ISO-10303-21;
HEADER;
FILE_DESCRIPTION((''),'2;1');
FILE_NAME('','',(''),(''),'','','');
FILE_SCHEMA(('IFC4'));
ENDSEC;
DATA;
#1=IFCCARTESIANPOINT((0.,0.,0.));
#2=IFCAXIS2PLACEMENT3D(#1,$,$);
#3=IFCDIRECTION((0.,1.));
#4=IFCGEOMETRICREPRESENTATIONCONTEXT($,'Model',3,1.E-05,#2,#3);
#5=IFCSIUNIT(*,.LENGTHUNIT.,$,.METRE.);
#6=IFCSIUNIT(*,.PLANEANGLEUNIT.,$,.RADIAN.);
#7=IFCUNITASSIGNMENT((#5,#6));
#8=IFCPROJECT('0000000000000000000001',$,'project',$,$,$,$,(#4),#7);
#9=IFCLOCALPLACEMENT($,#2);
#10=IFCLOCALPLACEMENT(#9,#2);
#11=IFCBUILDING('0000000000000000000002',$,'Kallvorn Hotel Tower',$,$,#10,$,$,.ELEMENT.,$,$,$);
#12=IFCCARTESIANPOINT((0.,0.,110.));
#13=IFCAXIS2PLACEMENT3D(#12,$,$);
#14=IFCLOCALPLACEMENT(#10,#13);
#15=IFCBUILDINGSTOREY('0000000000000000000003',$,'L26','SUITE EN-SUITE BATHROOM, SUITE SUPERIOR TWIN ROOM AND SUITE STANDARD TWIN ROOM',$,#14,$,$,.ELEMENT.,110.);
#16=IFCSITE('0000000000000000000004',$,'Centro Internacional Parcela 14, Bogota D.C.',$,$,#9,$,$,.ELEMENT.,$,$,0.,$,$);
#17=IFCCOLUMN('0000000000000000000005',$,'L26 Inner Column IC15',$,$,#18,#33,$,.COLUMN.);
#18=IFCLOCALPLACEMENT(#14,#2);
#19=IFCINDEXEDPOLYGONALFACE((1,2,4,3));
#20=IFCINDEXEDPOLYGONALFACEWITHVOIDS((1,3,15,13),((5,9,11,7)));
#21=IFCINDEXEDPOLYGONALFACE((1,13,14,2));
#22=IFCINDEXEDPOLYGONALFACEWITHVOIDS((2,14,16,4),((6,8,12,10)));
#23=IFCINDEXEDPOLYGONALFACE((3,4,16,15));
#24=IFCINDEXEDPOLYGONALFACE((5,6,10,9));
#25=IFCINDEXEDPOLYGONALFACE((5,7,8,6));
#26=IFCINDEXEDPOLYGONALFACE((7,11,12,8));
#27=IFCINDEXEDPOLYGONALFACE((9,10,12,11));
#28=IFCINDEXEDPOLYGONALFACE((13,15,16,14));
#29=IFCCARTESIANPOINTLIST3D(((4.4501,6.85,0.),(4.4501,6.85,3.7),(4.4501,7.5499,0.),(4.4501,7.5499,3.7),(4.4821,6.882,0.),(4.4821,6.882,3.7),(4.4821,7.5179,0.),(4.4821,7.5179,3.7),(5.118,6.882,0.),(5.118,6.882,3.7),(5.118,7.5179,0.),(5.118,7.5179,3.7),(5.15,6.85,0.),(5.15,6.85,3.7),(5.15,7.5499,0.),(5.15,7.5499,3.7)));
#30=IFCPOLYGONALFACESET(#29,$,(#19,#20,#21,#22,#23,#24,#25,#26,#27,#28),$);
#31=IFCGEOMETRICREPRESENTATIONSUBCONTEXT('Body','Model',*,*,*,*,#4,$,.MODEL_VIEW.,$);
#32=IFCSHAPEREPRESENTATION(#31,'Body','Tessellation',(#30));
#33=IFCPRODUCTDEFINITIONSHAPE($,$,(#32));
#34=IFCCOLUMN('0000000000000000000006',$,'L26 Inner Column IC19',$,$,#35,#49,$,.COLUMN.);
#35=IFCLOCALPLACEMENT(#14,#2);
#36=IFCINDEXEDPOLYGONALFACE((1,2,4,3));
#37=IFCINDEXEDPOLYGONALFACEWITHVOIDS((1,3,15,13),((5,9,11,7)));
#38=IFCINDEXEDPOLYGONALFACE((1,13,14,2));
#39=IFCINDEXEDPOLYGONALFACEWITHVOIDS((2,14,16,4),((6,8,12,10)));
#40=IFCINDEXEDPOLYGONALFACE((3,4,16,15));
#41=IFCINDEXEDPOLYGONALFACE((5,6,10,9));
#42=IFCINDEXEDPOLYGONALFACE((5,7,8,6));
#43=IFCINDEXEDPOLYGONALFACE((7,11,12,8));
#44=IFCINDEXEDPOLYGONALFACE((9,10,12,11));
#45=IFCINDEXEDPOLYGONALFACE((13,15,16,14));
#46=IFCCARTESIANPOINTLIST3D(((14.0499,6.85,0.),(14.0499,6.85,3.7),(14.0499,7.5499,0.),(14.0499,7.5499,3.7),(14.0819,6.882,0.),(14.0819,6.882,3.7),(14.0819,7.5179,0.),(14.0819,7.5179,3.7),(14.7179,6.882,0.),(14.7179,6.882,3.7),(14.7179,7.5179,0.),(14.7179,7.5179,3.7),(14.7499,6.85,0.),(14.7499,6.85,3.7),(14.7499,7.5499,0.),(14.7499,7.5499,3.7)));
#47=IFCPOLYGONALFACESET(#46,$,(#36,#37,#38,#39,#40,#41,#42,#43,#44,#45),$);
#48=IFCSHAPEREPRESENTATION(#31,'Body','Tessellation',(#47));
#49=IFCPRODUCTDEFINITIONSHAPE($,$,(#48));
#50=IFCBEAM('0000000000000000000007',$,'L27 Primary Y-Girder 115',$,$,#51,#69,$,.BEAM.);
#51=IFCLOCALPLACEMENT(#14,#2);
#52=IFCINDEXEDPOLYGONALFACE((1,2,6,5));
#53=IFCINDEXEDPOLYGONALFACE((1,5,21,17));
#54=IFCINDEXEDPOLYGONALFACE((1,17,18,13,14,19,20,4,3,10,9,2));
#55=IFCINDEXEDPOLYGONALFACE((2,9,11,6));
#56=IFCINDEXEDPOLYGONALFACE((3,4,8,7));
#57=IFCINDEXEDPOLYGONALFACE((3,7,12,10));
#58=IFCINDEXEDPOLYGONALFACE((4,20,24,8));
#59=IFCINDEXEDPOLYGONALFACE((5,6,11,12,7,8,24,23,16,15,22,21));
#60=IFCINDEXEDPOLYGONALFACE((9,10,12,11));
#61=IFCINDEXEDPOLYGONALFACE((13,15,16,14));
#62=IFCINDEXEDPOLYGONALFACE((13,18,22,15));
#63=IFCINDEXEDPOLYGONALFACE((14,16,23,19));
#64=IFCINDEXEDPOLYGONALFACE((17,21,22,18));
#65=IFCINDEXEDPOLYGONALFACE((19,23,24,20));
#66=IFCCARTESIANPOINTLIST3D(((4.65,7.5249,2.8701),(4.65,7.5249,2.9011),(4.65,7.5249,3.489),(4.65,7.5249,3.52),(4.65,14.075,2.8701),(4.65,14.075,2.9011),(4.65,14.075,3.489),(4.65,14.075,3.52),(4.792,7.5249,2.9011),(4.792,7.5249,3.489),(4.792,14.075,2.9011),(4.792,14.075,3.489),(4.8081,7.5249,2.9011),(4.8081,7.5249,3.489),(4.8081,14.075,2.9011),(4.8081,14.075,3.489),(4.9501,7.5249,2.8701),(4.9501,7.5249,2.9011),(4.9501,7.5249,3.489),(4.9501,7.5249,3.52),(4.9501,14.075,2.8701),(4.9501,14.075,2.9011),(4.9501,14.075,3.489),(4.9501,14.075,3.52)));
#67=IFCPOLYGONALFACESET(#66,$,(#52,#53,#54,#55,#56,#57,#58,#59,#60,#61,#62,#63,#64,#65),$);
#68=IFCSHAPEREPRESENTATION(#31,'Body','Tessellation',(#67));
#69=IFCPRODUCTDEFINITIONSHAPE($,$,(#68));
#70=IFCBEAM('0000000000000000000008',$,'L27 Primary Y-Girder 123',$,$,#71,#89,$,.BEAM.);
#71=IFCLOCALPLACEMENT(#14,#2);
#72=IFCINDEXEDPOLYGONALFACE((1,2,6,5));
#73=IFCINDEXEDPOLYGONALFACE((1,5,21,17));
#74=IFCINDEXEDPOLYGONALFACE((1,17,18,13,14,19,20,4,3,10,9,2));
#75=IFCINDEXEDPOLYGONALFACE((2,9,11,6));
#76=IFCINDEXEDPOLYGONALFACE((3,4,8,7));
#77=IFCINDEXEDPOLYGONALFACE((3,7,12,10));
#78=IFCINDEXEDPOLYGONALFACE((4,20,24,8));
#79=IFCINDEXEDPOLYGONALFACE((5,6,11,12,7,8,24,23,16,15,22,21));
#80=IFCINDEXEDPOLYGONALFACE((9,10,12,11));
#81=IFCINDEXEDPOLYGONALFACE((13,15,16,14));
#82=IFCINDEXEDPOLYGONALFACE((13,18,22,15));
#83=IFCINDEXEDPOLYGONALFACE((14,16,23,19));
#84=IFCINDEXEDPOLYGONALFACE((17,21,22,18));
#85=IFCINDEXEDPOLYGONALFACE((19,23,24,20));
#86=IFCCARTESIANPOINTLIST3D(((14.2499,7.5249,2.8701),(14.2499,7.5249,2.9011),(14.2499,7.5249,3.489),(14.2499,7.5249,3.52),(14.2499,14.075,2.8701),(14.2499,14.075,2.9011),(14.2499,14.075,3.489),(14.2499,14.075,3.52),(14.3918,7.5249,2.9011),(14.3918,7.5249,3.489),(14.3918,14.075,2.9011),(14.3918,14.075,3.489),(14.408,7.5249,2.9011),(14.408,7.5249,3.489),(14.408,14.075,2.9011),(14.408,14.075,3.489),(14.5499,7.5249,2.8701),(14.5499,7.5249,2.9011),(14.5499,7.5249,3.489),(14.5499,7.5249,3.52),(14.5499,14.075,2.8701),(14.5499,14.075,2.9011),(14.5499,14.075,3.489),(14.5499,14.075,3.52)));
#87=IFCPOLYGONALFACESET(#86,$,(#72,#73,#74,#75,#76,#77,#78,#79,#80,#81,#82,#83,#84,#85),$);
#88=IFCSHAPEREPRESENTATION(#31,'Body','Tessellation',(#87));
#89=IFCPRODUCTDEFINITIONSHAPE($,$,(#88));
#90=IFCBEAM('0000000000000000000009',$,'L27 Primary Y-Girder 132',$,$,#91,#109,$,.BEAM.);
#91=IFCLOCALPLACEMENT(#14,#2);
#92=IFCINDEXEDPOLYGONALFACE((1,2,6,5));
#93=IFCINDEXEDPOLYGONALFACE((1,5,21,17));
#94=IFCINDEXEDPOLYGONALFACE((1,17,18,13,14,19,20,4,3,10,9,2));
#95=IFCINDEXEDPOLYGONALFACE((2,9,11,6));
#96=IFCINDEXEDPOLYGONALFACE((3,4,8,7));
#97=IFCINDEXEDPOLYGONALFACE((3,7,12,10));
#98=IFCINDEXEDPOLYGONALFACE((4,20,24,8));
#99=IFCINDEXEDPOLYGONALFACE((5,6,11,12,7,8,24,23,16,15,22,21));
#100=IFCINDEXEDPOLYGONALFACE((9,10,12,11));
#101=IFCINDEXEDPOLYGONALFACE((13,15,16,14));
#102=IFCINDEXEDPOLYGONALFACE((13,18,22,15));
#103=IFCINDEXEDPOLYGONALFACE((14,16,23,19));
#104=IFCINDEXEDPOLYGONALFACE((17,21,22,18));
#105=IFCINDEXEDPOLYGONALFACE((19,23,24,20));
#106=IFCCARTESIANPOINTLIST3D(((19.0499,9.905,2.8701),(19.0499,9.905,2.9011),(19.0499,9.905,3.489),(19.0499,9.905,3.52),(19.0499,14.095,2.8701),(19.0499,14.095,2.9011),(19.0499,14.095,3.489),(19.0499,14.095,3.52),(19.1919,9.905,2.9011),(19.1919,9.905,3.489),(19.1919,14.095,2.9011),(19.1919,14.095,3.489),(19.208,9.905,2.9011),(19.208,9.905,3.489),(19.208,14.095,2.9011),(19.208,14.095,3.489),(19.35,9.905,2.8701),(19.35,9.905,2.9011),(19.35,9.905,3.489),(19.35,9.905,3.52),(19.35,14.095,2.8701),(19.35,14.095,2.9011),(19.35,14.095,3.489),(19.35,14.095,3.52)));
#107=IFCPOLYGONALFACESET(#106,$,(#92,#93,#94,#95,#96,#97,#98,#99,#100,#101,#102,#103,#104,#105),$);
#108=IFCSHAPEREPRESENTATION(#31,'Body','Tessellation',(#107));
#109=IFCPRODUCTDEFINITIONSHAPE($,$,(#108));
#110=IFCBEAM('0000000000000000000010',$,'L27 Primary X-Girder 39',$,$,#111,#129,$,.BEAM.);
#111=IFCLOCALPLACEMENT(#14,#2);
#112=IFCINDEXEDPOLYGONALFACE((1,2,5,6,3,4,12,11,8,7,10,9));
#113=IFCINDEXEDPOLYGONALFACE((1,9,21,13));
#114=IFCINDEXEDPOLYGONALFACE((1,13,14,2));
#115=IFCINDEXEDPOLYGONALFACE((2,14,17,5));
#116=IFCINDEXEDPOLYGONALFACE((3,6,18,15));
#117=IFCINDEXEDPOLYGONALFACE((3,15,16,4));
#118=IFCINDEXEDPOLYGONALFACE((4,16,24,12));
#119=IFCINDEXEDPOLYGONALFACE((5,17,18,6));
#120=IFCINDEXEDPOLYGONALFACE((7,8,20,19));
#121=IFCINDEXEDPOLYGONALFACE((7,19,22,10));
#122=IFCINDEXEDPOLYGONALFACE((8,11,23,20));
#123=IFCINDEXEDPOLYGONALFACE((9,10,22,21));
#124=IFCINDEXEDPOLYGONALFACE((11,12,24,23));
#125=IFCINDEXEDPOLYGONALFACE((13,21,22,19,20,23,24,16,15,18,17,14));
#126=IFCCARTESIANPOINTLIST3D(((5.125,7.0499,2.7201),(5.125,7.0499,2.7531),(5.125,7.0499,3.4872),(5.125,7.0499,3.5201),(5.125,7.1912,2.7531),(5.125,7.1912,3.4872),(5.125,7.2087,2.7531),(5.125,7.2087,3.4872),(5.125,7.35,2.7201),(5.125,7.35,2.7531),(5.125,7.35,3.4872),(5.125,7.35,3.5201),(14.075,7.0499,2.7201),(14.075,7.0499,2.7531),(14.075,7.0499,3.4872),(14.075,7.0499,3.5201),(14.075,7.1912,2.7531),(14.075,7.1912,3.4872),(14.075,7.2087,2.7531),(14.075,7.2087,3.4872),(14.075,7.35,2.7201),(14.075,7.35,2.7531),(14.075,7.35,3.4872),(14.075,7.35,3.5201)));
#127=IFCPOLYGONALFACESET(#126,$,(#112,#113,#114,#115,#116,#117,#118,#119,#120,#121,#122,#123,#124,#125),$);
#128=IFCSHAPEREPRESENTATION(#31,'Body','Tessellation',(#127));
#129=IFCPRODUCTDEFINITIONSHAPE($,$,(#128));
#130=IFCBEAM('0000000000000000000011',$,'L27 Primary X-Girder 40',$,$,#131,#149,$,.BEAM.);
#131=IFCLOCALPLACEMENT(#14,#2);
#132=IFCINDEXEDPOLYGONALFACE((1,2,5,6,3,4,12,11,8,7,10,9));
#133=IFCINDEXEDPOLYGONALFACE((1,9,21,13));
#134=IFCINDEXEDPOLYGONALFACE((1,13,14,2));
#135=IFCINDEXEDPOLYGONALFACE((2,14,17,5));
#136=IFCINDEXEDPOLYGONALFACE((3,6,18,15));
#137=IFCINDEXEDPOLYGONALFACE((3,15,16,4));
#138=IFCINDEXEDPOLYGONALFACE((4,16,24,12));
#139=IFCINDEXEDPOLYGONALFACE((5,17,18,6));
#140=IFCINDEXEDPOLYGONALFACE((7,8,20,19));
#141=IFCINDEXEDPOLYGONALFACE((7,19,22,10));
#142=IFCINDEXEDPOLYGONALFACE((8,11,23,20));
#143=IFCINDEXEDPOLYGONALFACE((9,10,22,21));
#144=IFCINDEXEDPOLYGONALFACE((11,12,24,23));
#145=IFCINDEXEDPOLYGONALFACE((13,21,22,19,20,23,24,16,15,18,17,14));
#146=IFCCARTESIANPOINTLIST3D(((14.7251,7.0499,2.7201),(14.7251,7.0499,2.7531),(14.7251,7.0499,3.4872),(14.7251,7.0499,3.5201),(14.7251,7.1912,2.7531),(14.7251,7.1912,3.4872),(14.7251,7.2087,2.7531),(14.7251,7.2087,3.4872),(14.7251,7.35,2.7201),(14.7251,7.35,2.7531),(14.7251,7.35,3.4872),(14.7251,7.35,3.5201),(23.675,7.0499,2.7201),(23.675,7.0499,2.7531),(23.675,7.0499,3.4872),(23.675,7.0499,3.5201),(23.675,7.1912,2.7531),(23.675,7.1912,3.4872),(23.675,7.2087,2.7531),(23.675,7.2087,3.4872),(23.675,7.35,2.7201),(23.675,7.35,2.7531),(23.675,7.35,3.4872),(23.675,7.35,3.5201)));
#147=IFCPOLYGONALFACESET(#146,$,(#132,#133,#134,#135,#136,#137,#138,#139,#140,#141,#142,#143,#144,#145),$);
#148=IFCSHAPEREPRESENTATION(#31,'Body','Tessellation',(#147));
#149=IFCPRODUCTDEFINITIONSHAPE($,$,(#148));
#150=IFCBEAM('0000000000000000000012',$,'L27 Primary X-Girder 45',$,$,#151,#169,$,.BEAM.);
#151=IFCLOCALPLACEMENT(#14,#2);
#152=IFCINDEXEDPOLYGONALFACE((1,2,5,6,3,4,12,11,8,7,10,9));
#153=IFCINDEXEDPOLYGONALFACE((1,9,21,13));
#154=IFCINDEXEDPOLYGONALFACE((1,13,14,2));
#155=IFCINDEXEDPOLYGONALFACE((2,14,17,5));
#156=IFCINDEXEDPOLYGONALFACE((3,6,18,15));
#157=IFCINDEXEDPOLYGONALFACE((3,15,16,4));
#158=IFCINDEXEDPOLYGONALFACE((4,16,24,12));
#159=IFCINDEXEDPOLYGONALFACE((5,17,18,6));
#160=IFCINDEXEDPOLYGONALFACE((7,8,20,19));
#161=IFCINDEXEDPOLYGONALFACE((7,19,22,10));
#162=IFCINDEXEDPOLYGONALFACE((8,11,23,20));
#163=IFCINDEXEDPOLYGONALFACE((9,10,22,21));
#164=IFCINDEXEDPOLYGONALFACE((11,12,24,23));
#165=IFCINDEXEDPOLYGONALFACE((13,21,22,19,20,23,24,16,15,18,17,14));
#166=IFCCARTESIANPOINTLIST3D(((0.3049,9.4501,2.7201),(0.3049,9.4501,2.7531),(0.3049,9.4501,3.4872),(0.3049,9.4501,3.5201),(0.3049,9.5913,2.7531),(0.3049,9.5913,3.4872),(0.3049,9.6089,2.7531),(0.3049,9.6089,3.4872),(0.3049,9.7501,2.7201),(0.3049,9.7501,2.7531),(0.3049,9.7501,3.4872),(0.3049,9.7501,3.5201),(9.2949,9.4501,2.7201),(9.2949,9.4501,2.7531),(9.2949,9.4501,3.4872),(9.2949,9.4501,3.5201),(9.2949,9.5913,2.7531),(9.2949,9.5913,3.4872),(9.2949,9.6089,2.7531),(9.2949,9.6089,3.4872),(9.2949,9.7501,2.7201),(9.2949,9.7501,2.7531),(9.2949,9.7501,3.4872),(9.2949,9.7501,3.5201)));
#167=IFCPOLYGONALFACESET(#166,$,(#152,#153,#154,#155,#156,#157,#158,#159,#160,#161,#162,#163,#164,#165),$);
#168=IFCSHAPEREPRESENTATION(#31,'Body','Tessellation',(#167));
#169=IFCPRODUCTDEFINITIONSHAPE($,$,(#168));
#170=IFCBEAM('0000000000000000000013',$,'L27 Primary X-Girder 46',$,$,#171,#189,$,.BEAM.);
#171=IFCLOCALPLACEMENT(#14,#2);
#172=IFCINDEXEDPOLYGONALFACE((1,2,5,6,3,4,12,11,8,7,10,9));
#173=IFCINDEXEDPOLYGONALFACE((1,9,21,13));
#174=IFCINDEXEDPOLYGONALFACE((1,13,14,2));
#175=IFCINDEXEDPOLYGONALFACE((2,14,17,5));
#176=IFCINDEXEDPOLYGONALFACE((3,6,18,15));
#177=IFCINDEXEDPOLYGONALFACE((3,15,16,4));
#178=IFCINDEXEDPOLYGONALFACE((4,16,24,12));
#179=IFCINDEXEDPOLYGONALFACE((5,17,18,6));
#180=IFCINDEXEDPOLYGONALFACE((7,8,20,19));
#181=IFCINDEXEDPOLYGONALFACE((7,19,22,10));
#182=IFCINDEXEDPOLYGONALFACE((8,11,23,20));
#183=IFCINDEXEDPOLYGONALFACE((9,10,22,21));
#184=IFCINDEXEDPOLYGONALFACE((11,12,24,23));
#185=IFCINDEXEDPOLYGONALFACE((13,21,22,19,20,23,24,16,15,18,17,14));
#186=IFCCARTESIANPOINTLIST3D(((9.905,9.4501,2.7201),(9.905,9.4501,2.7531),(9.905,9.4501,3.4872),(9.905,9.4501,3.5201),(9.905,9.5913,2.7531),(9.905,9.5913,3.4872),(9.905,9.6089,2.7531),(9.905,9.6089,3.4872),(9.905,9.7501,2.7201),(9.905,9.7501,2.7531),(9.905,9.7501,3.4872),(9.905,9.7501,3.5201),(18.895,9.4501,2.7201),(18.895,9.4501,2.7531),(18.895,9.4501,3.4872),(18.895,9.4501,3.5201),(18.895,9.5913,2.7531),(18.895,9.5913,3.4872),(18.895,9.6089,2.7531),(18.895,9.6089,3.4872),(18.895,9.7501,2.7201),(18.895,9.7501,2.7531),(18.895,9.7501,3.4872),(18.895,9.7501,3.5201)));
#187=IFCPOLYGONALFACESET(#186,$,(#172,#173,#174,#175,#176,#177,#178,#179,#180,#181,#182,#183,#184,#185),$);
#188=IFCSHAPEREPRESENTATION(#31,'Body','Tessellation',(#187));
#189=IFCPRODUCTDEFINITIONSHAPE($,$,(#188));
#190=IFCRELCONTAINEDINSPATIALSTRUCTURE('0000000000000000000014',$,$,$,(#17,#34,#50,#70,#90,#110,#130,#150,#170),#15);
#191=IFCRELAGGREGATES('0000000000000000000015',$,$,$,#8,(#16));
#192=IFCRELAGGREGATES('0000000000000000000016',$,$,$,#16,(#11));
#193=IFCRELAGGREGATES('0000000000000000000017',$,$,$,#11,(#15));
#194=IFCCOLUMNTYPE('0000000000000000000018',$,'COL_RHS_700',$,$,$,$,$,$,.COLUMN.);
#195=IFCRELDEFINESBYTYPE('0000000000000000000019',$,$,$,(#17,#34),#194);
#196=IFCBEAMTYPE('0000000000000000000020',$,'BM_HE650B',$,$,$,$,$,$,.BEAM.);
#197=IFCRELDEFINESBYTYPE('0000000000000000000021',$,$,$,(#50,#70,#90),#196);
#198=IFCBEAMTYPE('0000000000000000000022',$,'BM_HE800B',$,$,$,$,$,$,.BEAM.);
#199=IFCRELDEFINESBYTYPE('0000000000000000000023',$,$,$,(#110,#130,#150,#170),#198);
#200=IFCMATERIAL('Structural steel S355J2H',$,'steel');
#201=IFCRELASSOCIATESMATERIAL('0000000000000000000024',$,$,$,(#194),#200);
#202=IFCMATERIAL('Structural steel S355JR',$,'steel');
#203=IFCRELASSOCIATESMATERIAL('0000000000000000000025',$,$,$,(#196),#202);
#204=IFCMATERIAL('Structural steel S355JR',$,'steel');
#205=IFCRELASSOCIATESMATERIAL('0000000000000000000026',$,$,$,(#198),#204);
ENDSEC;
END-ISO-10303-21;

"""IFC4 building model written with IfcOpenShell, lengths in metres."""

from ifc_helpers import new_model, si_unit, direction, frame, origin, origin_2d, place, context, subcontext, project, spatial, hollow_rectangle, i_section, extrude, material, material_profile, profile_set, type_object, element, save


model = new_model("IFC4")

# Units and contexts
model_context = context("Model", 3, precision=1e-05, world=origin(), true_north=direction((0.0, 1.0)))
body_context = subcontext(model_context, "Body", "Model", "MODEL_VIEW")
ifc_project = project(units=[si_unit("LENGTHUNIT", "METRE"), si_unit("PLANEANGLEUNIT", "RADIAN")], contexts=[model_context])

# Site, building, storey
site_placement = place(None, origin())
site = spatial("IfcSite", under=ifc_project, at=site_placement, Name="Centro Internacional Parcela 14, Bogota D.C.", CompositionType="ELEMENT", RefElevation=0.0)
building_placement = place(site_placement, origin())
building = spatial("IfcBuilding", under=site, at=building_placement, Name="Kallvorn Hotel Tower", CompositionType="ELEMENT")
storey_placement = place(building_placement, frame((0.0, 0.0, 110.0)))
storey = spatial("IfcBuildingStorey", under=building, at=storey_placement, Name="L26", Description="SUITE EN-SUITE BATHROOM, SUITE SUPERIOR TWIN ROOM AND SUITE STANDARD TWIN ROOM", CompositionType="ELEMENT", Elevation=110.0)

# Columns
ifc_material_1 = material(Name="Structural steel S355J2H", Category="steel")
ifc_material_profile_1 = material_profile(ifc_material_1, hollow_rectangle(XDim=0.7, YDim=0.7, WallThickness=0.032, at=origin_2d()), Name="RHS 700x700x32")
ifc_profile_set_1 = profile_set([ifc_material_profile_1], Name="Structural steel S355J2H")
column_type_1 = type_object("IfcColumnType", Name="COL_RHS_700", PredefinedType="COLUMN", material=ifc_profile_set_1)
for number, where, z_axis, x_axis, name in (
    (1, (4.8, 7.2, 0.0), (0.0, 0.0, 1.0), (1.0, 0.0, 0.0), "L26 Inner Column IC15"),
    (2, (14.3999, 7.2, 0.0), (0.0, 0.0, 1.0), (1.0, 0.0, 0.0), "L26 Inner Column IC19"),
):
    element("IfcColumn", number, at=place(storey_placement, frame(where, z_axis=z_axis, x_axis=x_axis)), inside=storey, type_object=column_type_1, Name=name, PredefinedType="COLUMN", context=body_context, shape_type="SweptSolid", body=[
        extrude(hollow_rectangle(XDim=0.7, YDim=0.7, WallThickness=0.032, at=origin_2d()), origin(), (0.0, 0.0, 1.0), 3.7),
    ])

# Beams
ifc_material_2 = material(Name="Structural steel S355JR", Category="steel")
ifc_material_profile_2 = material_profile(ifc_material_2, i_section(OverallWidth=0.3, OverallDepth=0.6499, WebThickness=0.0161, FlangeThickness=0.031, at=origin_2d()), Name="HE 650 B")
ifc_profile_set_2 = profile_set([ifc_material_profile_2], Name="Structural steel S355JR")
beam_type_1 = type_object("IfcBeamType", Name="BM_HE650B", PredefinedType="BEAM", material=ifc_profile_set_2)
for number, where, z_axis, x_axis, name in (
    (3, (4.8, 7.5249, 3.1951), (0.0, 1.0, 0.0), (-1.0, 0.0, 0.0), "L27 Primary Y-Girder 115"),
    (4, (14.3999, 7.5249, 3.1951), (0.0, 1.0, 0.0), (-1.0, 0.0, 0.0), "L27 Primary Y-Girder 123"),
):
    element("IfcBeam", number, at=place(storey_placement, frame(where, z_axis=z_axis, x_axis=x_axis)), inside=storey, type_object=beam_type_1, Name=name, PredefinedType="BEAM", context=body_context, shape_type="SweptSolid", body=[
        extrude(i_section(OverallWidth=0.3, OverallDepth=0.6499, WebThickness=0.0161, FlangeThickness=0.031, at=origin_2d()), origin(), (0.0, 0.0, 1.0), 6.55),
    ])
beam_placement = place(storey_placement, frame((19.2, 9.905, 3.1951), z_axis=(0.0, 1.0, 0.0), x_axis=(-1.0, 0.0, 0.0)))
element("IfcBeam", 5, at=beam_placement, inside=storey, type_object=beam_type_1, Name="L27 Primary Y-Girder 132", PredefinedType="BEAM", context=body_context, shape_type="SweptSolid", body=[
    extrude(i_section(OverallWidth=0.3, OverallDepth=0.6499, WebThickness=0.0161, FlangeThickness=0.031, at=origin_2d()), origin(), (0.0, 0.0, 1.0), 4.1899),
])
ifc_material_3 = material(Name="Structural steel S355JR", Category="steel")
ifc_material_profile_3 = material_profile(ifc_material_3, i_section(OverallWidth=0.3, OverallDepth=0.8, WebThickness=0.0176, FlangeThickness=0.033, at=origin_2d()), Name="HE 800 B")
ifc_profile_set_3 = profile_set([ifc_material_profile_3], Name="Structural steel S355JR")
beam_type_2 = type_object("IfcBeamType", Name="BM_HE800B", PredefinedType="BEAM", material=ifc_profile_set_3)
for number, where, z_axis, x_axis, name in (
    (6, (5.125, 7.2, 3.1201), (1.0, 0.0, 0.0), (0.0, 1.0, 0.0), "L27 Primary X-Girder 39"),
    (7, (14.7251, 7.2, 3.1201), (1.0, 0.0, 0.0), (0.0, 1.0, 0.0), "L27 Primary X-Girder 40"),
):
    element("IfcBeam", number, at=place(storey_placement, frame(where, z_axis=z_axis, x_axis=x_axis)), inside=storey, type_object=beam_type_2, Name=name, PredefinedType="BEAM", context=body_context, shape_type="SweptSolid", body=[
        extrude(i_section(OverallWidth=0.3, OverallDepth=0.8, WebThickness=0.0176, FlangeThickness=0.033, at=origin_2d()), origin(), (0.0, 0.0, 1.0), 8.95),
    ])
for number, where, z_axis, x_axis, name in (
    (8, (0.3049, 9.6001, 3.1201), (1.0, 0.0, 0.0), (0.0, 1.0, 0.0), "L27 Primary X-Girder 45"),
    (9, (9.905, 9.6001, 3.1201), (1.0, 0.0, 0.0), (0.0, 1.0, 0.0), "L27 Primary X-Girder 46"),
):
    element("IfcBeam", number, at=place(storey_placement, frame(where, z_axis=z_axis, x_axis=x_axis)), inside=storey, type_object=beam_type_2, Name=name, PredefinedType="BEAM", context=body_context, shape_type="SweptSolid", body=[
        extrude(i_section(OverallWidth=0.3, OverallDepth=0.8, WebThickness=0.0176, FlangeThickness=0.033, at=origin_2d()), origin(), (0.0, 0.0, 1.0), 8.99),
    ])

save(model, "model.ifc")
